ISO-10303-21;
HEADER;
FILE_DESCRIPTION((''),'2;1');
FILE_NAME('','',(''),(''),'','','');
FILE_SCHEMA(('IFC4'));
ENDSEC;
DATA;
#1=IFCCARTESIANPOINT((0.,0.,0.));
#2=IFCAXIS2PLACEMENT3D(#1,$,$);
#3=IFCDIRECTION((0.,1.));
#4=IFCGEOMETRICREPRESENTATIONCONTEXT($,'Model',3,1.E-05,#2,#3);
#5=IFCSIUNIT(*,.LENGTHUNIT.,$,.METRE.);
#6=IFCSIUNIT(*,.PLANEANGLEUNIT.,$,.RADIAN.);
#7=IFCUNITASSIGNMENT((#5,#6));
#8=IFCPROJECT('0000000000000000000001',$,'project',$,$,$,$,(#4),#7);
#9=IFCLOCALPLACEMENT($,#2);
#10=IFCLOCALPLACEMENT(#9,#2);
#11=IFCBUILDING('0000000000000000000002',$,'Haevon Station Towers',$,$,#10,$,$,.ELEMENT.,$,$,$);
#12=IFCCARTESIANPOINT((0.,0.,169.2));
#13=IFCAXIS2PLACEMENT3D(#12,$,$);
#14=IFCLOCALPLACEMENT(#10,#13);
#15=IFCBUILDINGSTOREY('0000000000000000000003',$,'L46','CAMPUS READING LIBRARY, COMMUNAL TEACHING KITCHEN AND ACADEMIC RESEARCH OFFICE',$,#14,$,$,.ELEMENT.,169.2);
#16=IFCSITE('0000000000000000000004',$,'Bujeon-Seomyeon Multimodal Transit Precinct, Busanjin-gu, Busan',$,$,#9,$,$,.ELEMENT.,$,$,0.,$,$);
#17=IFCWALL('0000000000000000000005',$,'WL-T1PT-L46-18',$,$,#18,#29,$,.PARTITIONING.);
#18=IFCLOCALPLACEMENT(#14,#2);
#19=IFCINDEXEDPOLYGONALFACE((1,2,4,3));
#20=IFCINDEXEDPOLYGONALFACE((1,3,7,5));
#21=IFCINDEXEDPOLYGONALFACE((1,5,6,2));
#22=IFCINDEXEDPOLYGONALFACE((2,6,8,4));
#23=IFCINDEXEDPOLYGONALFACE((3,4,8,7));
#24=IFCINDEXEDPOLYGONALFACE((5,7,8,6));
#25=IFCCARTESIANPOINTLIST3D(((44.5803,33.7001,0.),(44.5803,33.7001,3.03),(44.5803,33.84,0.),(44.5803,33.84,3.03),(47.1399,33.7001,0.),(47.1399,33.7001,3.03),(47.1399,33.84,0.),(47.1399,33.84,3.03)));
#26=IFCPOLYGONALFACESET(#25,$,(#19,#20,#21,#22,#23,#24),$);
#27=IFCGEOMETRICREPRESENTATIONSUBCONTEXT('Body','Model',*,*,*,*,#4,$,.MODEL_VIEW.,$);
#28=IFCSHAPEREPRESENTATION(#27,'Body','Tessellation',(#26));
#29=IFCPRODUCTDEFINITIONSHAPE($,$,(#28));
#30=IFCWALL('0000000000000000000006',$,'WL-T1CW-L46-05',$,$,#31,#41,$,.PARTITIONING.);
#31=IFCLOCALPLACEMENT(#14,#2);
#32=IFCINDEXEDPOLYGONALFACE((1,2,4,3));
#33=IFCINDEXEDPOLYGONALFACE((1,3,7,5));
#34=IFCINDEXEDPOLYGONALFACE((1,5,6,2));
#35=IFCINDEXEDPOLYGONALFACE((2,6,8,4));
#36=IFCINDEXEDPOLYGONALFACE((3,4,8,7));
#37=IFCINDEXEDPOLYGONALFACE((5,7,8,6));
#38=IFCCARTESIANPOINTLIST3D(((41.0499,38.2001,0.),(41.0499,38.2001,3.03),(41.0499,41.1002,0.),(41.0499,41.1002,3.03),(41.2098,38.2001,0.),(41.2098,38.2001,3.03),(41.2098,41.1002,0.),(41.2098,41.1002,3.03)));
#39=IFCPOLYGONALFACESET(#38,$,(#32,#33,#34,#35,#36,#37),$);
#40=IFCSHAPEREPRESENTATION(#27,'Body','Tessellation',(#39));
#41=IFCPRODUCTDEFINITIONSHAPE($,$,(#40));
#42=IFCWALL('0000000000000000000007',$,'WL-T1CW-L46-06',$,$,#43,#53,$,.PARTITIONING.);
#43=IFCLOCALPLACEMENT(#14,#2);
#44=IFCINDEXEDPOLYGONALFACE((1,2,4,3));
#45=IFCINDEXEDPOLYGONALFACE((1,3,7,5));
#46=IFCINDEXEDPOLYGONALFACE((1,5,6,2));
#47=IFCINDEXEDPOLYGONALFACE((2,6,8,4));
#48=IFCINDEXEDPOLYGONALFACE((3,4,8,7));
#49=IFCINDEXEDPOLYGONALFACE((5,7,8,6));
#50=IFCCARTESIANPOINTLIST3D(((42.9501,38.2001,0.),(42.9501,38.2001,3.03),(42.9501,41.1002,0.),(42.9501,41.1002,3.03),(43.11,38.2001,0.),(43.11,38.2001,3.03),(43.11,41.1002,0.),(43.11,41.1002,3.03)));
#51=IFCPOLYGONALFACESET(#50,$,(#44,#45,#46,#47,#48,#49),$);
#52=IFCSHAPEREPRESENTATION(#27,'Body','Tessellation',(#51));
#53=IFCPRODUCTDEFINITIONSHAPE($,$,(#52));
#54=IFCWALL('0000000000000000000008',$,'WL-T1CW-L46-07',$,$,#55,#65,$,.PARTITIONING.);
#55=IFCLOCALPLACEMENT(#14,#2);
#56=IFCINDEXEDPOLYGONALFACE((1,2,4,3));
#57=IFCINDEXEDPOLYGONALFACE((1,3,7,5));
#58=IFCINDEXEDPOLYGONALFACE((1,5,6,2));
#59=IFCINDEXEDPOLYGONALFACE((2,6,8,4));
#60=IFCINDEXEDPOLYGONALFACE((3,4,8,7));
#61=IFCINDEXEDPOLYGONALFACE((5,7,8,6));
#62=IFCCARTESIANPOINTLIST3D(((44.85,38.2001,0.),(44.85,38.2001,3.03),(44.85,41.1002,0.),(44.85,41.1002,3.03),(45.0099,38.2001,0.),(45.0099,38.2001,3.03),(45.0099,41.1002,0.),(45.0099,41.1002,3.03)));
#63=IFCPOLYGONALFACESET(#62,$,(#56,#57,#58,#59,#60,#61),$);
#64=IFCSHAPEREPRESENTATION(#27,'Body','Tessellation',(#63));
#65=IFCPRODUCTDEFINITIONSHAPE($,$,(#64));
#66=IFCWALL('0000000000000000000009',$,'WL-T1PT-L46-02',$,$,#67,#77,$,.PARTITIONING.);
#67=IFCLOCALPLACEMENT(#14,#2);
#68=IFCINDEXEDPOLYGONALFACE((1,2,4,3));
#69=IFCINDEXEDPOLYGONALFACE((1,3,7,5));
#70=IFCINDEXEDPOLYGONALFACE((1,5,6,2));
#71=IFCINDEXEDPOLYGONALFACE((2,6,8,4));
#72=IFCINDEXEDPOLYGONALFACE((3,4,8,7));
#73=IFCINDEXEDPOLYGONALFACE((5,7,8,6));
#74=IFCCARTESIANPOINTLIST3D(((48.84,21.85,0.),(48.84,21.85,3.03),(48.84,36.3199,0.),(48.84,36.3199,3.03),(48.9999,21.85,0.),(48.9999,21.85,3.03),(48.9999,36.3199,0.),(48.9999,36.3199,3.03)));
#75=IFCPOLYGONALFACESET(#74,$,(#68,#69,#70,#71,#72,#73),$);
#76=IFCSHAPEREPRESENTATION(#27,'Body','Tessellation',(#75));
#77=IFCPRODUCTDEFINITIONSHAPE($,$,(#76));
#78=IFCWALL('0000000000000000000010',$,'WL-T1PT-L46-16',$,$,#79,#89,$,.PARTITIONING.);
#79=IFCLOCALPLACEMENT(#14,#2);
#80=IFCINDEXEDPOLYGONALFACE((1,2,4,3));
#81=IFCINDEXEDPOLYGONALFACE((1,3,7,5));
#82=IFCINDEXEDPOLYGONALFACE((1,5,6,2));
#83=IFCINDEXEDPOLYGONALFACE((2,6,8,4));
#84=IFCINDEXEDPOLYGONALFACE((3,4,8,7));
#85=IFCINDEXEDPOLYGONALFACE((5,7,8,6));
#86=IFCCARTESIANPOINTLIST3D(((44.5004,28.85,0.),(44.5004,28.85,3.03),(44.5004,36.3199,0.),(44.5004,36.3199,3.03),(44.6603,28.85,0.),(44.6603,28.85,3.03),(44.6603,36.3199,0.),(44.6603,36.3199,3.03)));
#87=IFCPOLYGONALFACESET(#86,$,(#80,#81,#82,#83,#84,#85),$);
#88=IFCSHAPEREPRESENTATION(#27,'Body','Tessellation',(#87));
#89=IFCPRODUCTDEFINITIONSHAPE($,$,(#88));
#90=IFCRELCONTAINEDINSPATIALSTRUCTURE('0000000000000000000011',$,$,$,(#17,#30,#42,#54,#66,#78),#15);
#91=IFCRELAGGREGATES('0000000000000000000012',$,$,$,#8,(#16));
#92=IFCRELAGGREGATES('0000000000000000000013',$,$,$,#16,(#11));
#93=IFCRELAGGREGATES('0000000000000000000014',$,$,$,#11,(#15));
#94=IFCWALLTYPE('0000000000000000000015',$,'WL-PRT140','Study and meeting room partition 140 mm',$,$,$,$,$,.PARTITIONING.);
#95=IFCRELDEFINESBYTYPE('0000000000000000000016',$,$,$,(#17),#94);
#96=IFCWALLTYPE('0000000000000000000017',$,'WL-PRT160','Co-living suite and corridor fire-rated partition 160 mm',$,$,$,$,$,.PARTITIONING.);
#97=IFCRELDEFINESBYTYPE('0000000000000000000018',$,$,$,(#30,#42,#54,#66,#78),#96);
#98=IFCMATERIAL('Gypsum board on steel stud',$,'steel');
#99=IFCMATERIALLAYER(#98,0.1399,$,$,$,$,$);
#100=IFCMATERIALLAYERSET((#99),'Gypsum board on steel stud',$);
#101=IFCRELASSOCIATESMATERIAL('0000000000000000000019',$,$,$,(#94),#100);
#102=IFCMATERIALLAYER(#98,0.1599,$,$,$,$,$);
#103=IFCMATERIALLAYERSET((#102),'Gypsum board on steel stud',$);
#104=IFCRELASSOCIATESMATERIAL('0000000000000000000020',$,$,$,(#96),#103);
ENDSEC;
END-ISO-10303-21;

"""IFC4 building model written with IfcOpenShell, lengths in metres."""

from ifc_helpers import new_model, si_unit, direction, frame, frame_2d, origin, place, context, subcontext, project, spatial, rectangle, extrude, material, layer, layer_set, type_object, element, save


model = new_model("IFC4")

# Units and contexts
model_context = context("Model", 3, precision=1e-05, world=origin(), true_north=direction((0.0, 1.0)))
body_context = subcontext(model_context, "Body", "Model", "MODEL_VIEW")
ifc_project = project(units=[si_unit("LENGTHUNIT", "METRE"), si_unit("PLANEANGLEUNIT", "RADIAN")], contexts=[model_context])

# Site, building, storey
site_placement = place(None, origin())
site = spatial("IfcSite", under=ifc_project, at=site_placement, Name="Bujeon-Seomyeon Multimodal Transit Precinct, Busanjin-gu, Busan", CompositionType="ELEMENT", RefElevation=0.0)
building_placement = place(site_placement, origin())
building = spatial("IfcBuilding", under=site, at=building_placement, Name="Haevon Station Towers", CompositionType="ELEMENT")
storey_placement = place(building_placement, frame((0.0, 0.0, 169.2)))
storey = spatial("IfcBuildingStorey", under=building, at=storey_placement, Name="L46", Description="CAMPUS READING LIBRARY, COMMUNAL TEACHING KITCHEN AND ACADEMIC RESEARCH OFFICE", CompositionType="ELEMENT", Elevation=169.2)

# Shared definitions
ifc_material_1 = material(Name="Gypsum board on steel stud", Category="steel")

# Walls
ifc_layer_1 = layer(ifc_material_1, 0.1399)
ifc_layer_set_1 = layer_set([ifc_layer_1], Name="Gypsum board on steel stud")
wall_type_1 = type_object("IfcWallType", Name="WL-PRT140", Description="Study and meeting room partition 140 mm", PredefinedType="PARTITIONING", material=ifc_layer_set_1)
wall_1_placement = place(storey_placement, frame((44.5803, 33.77, 0.0), z_axis=(0.0, 0.0, 1.0), x_axis=(1.0, 0.0, 0.0)))
element("IfcWall", 1, at=wall_1_placement, inside=storey, type_object=wall_type_1, Name="WL-T1PT-L46-18", PredefinedType="PARTITIONING", context=body_context, shape_type="SweptSolid", body=[
    extrude(rectangle(XDim=2.5596, YDim=0.1399, at=frame_2d((1.2798, 0.0))), origin(), (0.0, 0.0, 1.0), 3.03),
])
ifc_layer_2 = layer(ifc_material_1, 0.1599)
ifc_layer_set_2 = layer_set([ifc_layer_2], Name="Gypsum board on steel stud")
wall_type_2 = type_object("IfcWallType", Name="WL-PRT160", Description="Co-living suite and corridor fire-rated partition 160 mm", PredefinedType="PARTITIONING", material=ifc_layer_set_2)
for number, where, z_axis, x_axis, name in (
    (2, (41.1299, 38.2, 0.0), (0.0, 0.0, 1.0), (0.0, 1.0, 0.0), "WL-T1CW-L46-05"),
    (3, (43.03, 38.2, 0.0), (0.0, 0.0, 1.0), (0.0, 1.0, 0.0), "WL-T1CW-L46-06"),
    (4, (44.9299, 38.2, 0.0), (0.0, 0.0, 1.0), (0.0, 1.0, 0.0), "WL-T1CW-L46-07"),
):
    element("IfcWall", number, at=place(storey_placement, frame(where, z_axis=z_axis, x_axis=x_axis)), inside=storey, type_object=wall_type_2, Name=name, PredefinedType="PARTITIONING", context=body_context, shape_type="SweptSolid", body=[
        extrude(rectangle(XDim=2.9001, YDim=0.1599, at=frame_2d((1.4502, 0.0))), origin(), (0.0, 0.0, 1.0), 3.03),
    ])
wall_2_placement = place(storey_placement, frame((48.9199, 21.8501, 0.0), z_axis=(0.0, 0.0, 1.0), x_axis=(0.0, 1.0, 0.0)))
element("IfcWall", 5, at=wall_2_placement, inside=storey, type_object=wall_type_2, Name="WL-T1PT-L46-02", PredefinedType="PARTITIONING", context=body_context, shape_type="SweptSolid", body=[
    extrude(rectangle(XDim=14.47, YDim=0.1599, at=frame_2d((7.2349, 0.0))), origin(), (0.0, 0.0, 1.0), 3.03),
])
wall_3_placement = place(storey_placement, frame((44.5803, 28.8501, 0.0), z_axis=(0.0, 0.0, 1.0), x_axis=(0.0, 1.0, 0.0)))
element("IfcWall", 6, at=wall_3_placement, inside=storey, type_object=wall_type_2, Name="WL-T1PT-L46-16", PredefinedType="PARTITIONING", context=body_context, shape_type="SweptSolid", body=[
    extrude(rectangle(XDim=7.47, YDim=0.1599, at=frame_2d((3.7349, 0.0))), origin(), (0.0, 0.0, 1.0), 3.03),
])

save(model, "model.ifc")
